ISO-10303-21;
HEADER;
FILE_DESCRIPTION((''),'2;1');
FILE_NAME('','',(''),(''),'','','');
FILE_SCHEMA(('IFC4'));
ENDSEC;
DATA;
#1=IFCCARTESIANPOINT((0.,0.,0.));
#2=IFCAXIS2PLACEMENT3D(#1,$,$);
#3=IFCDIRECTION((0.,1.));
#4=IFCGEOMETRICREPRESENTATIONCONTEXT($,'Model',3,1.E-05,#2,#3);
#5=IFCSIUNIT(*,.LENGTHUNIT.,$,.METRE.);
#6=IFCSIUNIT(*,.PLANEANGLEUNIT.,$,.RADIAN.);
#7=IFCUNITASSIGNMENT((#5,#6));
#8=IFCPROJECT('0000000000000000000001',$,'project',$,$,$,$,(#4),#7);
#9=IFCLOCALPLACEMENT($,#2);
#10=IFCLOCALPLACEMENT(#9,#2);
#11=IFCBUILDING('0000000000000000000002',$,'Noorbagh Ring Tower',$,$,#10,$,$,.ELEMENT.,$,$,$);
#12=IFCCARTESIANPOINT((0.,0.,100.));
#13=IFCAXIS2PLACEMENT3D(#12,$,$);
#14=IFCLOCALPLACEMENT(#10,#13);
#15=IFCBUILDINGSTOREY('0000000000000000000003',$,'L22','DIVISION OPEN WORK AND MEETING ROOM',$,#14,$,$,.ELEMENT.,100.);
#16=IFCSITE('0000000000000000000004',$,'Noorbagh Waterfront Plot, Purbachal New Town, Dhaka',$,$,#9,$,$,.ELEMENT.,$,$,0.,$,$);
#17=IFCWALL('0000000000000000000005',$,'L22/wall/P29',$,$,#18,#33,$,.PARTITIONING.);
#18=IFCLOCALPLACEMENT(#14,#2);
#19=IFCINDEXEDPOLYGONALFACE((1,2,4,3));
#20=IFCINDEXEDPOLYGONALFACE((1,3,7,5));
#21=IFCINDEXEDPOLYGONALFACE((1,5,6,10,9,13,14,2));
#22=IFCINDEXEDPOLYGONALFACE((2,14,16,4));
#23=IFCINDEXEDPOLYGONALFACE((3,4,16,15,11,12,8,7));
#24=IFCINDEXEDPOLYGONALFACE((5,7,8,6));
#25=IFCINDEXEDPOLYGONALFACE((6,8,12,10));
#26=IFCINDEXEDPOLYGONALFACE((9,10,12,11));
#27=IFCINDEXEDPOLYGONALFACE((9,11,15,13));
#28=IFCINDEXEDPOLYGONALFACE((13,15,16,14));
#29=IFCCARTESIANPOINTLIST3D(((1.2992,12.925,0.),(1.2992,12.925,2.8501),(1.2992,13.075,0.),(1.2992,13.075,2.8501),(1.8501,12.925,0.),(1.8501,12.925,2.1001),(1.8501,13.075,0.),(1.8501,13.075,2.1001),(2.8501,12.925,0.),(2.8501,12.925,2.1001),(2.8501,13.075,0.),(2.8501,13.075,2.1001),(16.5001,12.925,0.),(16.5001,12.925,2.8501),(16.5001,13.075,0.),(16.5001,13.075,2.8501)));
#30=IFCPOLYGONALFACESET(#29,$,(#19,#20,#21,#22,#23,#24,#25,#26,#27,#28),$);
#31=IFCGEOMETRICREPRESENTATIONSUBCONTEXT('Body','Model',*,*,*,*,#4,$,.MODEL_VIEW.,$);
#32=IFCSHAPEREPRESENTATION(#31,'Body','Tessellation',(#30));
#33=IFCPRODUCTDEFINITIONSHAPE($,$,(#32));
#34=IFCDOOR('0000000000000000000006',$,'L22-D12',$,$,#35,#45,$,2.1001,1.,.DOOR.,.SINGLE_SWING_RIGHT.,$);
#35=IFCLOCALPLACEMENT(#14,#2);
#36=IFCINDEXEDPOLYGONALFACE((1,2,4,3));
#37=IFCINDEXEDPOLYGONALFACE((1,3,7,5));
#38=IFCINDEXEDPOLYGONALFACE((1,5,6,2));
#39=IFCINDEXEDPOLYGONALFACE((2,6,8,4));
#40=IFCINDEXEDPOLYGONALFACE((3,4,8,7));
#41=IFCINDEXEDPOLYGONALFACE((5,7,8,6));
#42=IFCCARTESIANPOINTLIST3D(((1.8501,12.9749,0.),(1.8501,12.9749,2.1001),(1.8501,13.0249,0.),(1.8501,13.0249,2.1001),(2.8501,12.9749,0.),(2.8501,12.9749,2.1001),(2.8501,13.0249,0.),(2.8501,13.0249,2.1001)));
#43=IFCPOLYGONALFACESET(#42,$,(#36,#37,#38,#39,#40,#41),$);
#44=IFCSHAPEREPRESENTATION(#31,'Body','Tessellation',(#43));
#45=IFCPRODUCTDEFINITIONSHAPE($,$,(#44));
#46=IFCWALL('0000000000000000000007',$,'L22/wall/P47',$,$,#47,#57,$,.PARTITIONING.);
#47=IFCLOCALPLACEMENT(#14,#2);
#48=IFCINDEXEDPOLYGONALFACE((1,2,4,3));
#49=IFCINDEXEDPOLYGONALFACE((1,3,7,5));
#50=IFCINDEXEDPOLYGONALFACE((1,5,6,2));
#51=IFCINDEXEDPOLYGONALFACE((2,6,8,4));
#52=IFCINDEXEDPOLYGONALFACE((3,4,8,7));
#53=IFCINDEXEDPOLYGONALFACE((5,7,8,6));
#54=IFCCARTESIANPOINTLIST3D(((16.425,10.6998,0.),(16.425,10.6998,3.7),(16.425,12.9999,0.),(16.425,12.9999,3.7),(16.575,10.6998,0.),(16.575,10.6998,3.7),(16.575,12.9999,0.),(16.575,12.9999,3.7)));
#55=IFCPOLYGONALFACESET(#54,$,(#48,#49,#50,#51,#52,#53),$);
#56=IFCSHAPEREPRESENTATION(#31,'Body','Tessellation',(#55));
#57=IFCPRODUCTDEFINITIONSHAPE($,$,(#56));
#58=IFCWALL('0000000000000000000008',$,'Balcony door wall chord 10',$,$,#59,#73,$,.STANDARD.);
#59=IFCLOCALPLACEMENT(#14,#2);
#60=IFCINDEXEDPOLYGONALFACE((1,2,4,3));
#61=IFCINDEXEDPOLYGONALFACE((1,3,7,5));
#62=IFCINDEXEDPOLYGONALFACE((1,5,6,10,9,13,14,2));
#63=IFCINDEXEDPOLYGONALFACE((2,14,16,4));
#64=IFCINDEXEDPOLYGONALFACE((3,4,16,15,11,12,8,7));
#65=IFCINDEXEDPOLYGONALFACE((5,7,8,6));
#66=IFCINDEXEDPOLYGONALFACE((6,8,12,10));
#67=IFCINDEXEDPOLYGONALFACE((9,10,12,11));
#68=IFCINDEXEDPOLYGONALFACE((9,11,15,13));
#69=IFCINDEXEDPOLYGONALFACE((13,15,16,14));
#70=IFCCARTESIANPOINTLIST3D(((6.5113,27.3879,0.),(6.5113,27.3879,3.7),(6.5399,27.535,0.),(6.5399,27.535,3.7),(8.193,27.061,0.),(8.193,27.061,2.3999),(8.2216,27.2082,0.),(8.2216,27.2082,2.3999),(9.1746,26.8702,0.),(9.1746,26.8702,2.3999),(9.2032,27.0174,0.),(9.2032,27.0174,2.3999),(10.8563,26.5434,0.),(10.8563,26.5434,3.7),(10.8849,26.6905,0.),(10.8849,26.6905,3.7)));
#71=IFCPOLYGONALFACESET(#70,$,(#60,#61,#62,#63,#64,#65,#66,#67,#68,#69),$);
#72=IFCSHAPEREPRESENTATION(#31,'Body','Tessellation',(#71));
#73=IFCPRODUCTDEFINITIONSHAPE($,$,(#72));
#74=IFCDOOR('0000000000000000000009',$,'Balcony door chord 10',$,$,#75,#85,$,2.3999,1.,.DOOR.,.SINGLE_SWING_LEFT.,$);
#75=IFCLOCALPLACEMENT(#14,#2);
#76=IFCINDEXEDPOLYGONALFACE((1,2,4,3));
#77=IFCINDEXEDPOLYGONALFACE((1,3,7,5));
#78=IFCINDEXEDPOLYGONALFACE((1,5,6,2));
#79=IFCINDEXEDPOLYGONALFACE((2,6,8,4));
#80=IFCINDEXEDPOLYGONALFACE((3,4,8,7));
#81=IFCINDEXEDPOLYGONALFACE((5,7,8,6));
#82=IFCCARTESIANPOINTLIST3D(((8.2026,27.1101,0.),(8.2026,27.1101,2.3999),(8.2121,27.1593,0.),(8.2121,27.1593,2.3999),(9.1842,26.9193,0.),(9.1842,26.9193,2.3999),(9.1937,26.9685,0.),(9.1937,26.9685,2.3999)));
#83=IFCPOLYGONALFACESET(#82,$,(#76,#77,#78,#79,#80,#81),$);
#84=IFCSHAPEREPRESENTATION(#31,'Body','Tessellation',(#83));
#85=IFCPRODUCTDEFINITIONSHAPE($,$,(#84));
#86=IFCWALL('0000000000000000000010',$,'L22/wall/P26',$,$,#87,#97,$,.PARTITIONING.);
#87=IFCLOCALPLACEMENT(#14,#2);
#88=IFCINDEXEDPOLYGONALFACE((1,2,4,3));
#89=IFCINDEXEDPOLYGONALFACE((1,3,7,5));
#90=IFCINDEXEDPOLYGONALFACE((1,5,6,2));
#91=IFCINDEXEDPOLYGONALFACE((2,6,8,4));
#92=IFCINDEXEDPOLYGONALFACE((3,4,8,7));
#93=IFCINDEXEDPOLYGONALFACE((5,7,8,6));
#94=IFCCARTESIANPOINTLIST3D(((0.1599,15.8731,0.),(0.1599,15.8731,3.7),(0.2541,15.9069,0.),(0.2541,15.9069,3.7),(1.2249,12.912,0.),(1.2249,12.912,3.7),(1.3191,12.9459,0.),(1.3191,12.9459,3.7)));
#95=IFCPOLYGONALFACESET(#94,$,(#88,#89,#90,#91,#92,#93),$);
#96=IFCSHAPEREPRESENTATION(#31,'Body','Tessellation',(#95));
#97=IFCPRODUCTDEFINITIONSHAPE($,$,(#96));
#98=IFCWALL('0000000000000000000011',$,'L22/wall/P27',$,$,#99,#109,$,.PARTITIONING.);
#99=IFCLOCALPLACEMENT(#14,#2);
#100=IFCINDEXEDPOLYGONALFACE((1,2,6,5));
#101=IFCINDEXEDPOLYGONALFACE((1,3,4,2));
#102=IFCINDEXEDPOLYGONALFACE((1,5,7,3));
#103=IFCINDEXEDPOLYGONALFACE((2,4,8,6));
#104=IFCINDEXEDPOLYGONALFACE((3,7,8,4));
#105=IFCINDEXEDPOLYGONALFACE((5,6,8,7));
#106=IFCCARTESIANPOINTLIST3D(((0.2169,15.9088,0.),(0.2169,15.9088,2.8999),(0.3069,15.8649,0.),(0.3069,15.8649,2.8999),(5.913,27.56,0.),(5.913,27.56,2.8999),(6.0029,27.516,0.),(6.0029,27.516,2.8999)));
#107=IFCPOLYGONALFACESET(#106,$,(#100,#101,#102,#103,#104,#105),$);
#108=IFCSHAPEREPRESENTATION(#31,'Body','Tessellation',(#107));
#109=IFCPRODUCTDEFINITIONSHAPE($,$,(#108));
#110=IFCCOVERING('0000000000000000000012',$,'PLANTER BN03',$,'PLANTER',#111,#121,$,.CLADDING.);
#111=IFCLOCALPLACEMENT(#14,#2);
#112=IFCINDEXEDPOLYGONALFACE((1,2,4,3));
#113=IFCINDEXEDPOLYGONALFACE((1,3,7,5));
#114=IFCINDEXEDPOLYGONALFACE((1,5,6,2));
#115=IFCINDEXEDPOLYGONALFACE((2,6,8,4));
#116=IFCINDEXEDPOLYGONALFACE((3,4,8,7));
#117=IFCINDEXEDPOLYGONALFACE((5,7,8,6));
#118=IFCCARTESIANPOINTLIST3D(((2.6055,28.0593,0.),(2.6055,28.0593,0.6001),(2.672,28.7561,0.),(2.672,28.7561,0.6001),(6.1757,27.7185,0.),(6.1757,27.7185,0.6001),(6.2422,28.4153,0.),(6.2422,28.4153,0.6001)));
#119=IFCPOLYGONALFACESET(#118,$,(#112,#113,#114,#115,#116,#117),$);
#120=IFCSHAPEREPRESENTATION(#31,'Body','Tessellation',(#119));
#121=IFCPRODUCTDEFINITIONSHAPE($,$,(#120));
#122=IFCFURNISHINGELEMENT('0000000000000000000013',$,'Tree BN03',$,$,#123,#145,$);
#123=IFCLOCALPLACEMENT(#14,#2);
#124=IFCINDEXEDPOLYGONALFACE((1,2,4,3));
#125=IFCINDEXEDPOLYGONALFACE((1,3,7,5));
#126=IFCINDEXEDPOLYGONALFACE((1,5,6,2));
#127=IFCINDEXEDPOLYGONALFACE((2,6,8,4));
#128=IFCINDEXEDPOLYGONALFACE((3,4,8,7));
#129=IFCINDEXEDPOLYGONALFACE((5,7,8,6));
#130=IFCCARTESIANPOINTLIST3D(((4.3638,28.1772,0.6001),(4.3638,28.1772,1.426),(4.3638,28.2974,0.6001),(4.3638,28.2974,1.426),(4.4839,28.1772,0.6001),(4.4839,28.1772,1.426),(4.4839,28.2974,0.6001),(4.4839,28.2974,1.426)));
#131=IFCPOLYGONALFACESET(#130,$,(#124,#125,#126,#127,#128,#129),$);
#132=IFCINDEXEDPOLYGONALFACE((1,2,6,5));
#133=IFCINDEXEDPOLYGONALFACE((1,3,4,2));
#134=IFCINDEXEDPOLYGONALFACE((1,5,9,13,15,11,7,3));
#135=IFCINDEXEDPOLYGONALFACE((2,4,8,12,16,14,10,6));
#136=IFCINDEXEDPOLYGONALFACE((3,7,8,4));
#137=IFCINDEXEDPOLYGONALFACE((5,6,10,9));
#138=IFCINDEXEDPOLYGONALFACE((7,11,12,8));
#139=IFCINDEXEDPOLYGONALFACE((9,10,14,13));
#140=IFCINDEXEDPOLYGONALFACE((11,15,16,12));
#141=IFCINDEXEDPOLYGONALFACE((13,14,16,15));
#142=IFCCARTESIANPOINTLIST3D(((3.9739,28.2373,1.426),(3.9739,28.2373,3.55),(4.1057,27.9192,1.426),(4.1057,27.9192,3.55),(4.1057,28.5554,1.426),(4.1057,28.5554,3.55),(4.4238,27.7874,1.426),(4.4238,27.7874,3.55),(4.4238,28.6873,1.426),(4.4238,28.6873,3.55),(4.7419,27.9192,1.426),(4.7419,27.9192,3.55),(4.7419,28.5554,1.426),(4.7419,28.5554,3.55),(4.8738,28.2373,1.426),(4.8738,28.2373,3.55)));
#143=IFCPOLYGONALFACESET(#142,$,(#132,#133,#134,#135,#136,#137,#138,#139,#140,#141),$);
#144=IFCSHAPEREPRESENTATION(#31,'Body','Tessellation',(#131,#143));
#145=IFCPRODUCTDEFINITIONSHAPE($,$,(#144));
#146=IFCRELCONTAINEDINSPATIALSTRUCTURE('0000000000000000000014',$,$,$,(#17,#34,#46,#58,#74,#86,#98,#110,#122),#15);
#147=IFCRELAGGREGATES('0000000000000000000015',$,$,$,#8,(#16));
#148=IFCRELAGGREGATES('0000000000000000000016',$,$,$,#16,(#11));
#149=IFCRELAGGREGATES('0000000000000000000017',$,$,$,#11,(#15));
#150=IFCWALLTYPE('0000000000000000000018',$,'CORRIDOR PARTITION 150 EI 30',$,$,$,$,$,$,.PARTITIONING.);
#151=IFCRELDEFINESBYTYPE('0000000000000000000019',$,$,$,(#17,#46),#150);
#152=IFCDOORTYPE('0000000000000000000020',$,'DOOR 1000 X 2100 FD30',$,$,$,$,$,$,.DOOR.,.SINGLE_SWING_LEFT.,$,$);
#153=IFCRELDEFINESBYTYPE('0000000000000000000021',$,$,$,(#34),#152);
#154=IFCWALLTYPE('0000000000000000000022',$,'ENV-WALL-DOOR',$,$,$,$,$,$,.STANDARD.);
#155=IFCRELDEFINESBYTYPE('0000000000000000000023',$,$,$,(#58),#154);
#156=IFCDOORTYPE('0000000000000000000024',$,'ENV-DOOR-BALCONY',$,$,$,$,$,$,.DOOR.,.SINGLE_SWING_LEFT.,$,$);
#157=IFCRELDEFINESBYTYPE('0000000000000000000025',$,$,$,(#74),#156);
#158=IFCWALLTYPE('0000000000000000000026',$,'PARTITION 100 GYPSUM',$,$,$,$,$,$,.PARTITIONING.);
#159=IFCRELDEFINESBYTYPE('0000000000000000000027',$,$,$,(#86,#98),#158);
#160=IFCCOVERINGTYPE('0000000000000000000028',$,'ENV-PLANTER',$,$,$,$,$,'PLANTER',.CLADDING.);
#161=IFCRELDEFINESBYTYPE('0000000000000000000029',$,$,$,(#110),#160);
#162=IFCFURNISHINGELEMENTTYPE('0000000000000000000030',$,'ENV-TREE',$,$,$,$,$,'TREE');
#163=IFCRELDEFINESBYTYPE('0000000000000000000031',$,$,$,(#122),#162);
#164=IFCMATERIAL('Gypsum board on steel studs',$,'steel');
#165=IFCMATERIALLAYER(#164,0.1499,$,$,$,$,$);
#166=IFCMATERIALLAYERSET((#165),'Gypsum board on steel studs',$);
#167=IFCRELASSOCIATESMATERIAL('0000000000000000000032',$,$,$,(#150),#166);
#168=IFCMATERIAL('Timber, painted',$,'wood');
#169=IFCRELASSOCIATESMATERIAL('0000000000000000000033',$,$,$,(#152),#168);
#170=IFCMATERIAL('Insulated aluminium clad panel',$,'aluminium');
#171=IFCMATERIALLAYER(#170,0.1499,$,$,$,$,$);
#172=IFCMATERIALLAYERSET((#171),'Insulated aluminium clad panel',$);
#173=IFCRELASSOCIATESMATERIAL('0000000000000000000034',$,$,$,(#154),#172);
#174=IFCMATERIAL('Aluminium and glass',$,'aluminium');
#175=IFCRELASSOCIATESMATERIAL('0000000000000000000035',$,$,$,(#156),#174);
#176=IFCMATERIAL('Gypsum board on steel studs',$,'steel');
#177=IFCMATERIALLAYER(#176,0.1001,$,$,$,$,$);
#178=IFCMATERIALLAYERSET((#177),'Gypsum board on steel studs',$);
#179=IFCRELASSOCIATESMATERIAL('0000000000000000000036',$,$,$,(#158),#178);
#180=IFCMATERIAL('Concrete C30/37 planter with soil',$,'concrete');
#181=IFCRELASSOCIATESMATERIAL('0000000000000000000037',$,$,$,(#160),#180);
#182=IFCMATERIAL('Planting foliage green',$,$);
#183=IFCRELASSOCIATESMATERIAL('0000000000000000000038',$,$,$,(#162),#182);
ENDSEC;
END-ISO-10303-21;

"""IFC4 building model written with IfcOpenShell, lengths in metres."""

from ifc_helpers import new_model, si_unit, direction, frame, frame_2d, origin, origin_2d, place, context, subcontext, project, spatial, polyline, rectangle, outline, extrude, material, layer, layer_set, type_object, element, fill, save


model = new_model("IFC4")

# Units and contexts
model_context = context("Model", 3, precision=1e-05, world=origin(), true_north=direction((0.0, 1.0)))
body_context = subcontext(model_context, "Body", "Model", "MODEL_VIEW")
ifc_project = project(units=[si_unit("LENGTHUNIT", "METRE"), si_unit("PLANEANGLEUNIT", "RADIAN")], contexts=[model_context])

# Site, building, storey
site_placement = place(None, origin())
site = spatial("IfcSite", under=ifc_project, at=site_placement, Name="Noorbagh Waterfront Plot, Purbachal New Town, Dhaka", CompositionType="ELEMENT", RefElevation=0.0)
building_placement = place(site_placement, origin())
building = spatial("IfcBuilding", under=site, at=building_placement, Name="Noorbagh Ring Tower", CompositionType="ELEMENT")
storey_placement = place(building_placement, frame((0.0, 0.0, 100.0)))
storey = spatial("IfcBuildingStorey", under=building, at=storey_placement, Name="L22", Description="DIVISION OPEN WORK AND MEETING ROOM", CompositionType="ELEMENT", Elevation=100.0)

# Wall, opening, door
ifc_material_1 = material(Name="Gypsum board on steel studs", Category="steel")
ifc_layer_1 = layer(ifc_material_1, 0.1499)
ifc_layer_set_1 = layer_set([ifc_layer_1], Name="Gypsum board on steel studs")
wall_type_1 = type_object("IfcWallType", Name="CORRIDOR PARTITION 150 EI 30", PredefinedType="PARTITIONING", material=ifc_layer_set_1)
wall_1_placement = place(storey_placement, frame((1.2991, 13.0, 0.0), z_axis=(0.0, 0.0, 1.0), x_axis=(1.0, 0.0, 0.0)))
wall_1 = element("IfcWall", 1, at=wall_1_placement, inside=storey, type_object=wall_type_1, Name="L22/wall/P29", PredefinedType="PARTITIONING", context=body_context, shape_type="SweptSolid", body=[
    extrude(rectangle(XDim=15.2009, YDim=0.1499, at=frame_2d((7.6006, 0.0))), origin(), (0.0, 0.0, 1.0), 2.8501),
])
opening_1_placement = place(wall_1_placement, frame((0.551, 0.0, 0.0)))
opening_1 = element("IfcOpeningElement", 2, at=opening_1_placement, cuts=wall_1, PredefinedType="OPENING", context=body_context, shape_type="SweptSolid", body=[
    extrude(rectangle(XDim=1.0, YDim=2.1001, at=frame_2d((0.5, 1.05))), frame((0.0, 0.085, 0.0), z_axis=(0.0, -1.0, 0.0), x_axis=(1.0, 0.0, 0.0)), (0.0, 0.0, 1.0), 0.1699),
])
ifc_material_2 = material(Name="Timber, painted", Category="wood")
door_type_1 = type_object("IfcDoorType", Name="DOOR 1000 X 2100 FD30", OperationType="SINGLE_SWING_LEFT", PredefinedType="DOOR", material=ifc_material_2)
door_1_placement = place(opening_1_placement, origin())
door_1 = element("IfcDoor", 3, at=door_1_placement, inside=storey, type_object=door_type_1, Name="L22-D12", OperationType="SINGLE_SWING_RIGHT", OverallHeight=2.1001, OverallWidth=1.0, PredefinedType="DOOR", context=body_context, shape_type="SweptSolid", body=[
    extrude(rectangle(XDim=1.0, YDim=2.1001, at=frame_2d((0.5, 1.05))), frame((0.0, 0.0249, 0.0), z_axis=(0.0, -1.0, 0.0), x_axis=(1.0, 0.0, 0.0)), (0.0, 0.0, 1.0), 0.05),
])
fill(opening_1, door_1)

# Wall
wall_2_placement = place(storey_placement, frame((16.5, 10.7, 0.0), z_axis=(0.0, 0.0, 1.0), x_axis=(0.0, 1.0, 0.0)))
element("IfcWall", 4, at=wall_2_placement, inside=storey, type_object=wall_type_1, Name="L22/wall/P47", PredefinedType="PARTITIONING", context=body_context, shape_type="SweptSolid", body=[
    extrude(rectangle(XDim=2.3, YDim=0.1499, at=frame_2d((1.1499, 0.0))), origin(), (0.0, 0.0, 1.0), 3.7),
])

# Wall, opening, door
ifc_material_3 = material(Name="Insulated aluminium clad panel", Category="aluminium")
ifc_layer_2 = layer(ifc_material_3, 0.1499)
ifc_layer_set_2 = layer_set([ifc_layer_2], Name="Insulated aluminium clad panel")
wall_type_2 = type_object("IfcWallType", Name="ENV-WALL-DOOR", PredefinedType="STANDARD", material=ifc_layer_set_2)
wall_3_placement = place(storey_placement, frame((10.8706, 26.6169, 0.0), z_axis=(0.0, 0.0, 1.0), x_axis=(-0.981631, 0.190788, 0.0)))
wall_3 = element("IfcWall", 5, at=wall_3_placement, inside=storey, type_object=wall_type_2, Name="Balcony door wall chord 10", PredefinedType="STANDARD", context=body_context, shape_type="SweptSolid", body=[
    extrude(rectangle(XDim=4.4263, YDim=0.1499, at=frame_2d((2.2131, 0.0))), origin(), (0.0, 0.0, 1.0), 3.7),
])
opening_2_placement = place(wall_3_placement, frame((1.7131, 0.0, 0.0)))
opening_2 = element("IfcOpeningElement", 6, at=opening_2_placement, cuts=wall_3, PredefinedType="OPENING", context=body_context, shape_type="SweptSolid", body=[
    extrude(rectangle(XDim=1.0, YDim=2.3999, at=frame_2d((0.5, 1.2))), frame((0.0, 0.085, 0.0), z_axis=(0.0, -1.0, 0.0), x_axis=(1.0, 0.0, 0.0)), (0.0, 0.0, 1.0), 0.1699),
])
ifc_material_4 = material(Name="Aluminium and glass", Category="aluminium")
door_type_2 = type_object("IfcDoorType", Name="ENV-DOOR-BALCONY", OperationType="SINGLE_SWING_LEFT", PredefinedType="DOOR", material=ifc_material_4)
door_2_placement = place(opening_2_placement, origin())
door_2 = element("IfcDoor", 7, at=door_2_placement, inside=storey, type_object=door_type_2, Name="Balcony door chord 10", OperationType="SINGLE_SWING_LEFT", OverallHeight=2.3999, OverallWidth=1.0, PredefinedType="DOOR", context=body_context, shape_type="SweptSolid", body=[
    extrude(rectangle(XDim=1.0, YDim=2.3999, at=frame_2d((0.5, 1.2))), frame((0.0, 0.0249, 0.0), z_axis=(0.0, -1.0, 0.0), x_axis=(1.0, 0.0, 0.0)), (0.0, 0.0, 1.0), 0.05),
])
fill(opening_2, door_2)

# Walls
ifc_material_5 = material(Name="Gypsum board on steel studs", Category="steel")
ifc_layer_3 = layer(ifc_material_5, 0.1001)
ifc_layer_set_3 = layer_set([ifc_layer_3], Name="Gypsum board on steel studs")
wall_type_3 = type_object("IfcWallType", Name="PARTITION 100 GYPSUM", PredefinedType="PARTITIONING", material=ifc_layer_set_3)
wall_4_placement = place(storey_placement, frame((0.207, 15.8899, 0.0), z_axis=(0.0, 0.0, 1.0), x_axis=(0.338439, -0.940988, 0.0)))
element("IfcWall", 8, at=wall_4_placement, inside=storey, type_object=wall_type_3, Name="L22/wall/P26", PredefinedType="PARTITIONING", context=body_context, shape_type="SweptSolid", body=[
    extrude(rectangle(XDim=3.1467, YDim=0.1001, at=frame_2d((1.5732, 0.0))), origin(), (0.0, 0.0, 1.0), 3.7),
])
wall_5_placement = place(storey_placement, frame((0.262, 15.887, 0.0), z_axis=(0.0, 0.0, 1.0), x_axis=(0.439206, 0.898386, 0.0)))
element("IfcWall", 9, at=wall_5_placement, inside=storey, type_object=wall_type_3, Name="L22/wall/P27", PredefinedType="PARTITIONING", context=body_context, shape_type="SweptSolid", body=[
    extrude(rectangle(XDim=12.969, YDim=0.1001, at=frame_2d((6.4844, 0.0))), origin(), (0.0, 0.0, 1.0), 2.8999),
])

# Covering
ifc_material_6 = material(Name="Concrete C30/37 planter with soil", Category="concrete")
covering_type = type_object("IfcCoveringType", Name="ENV-PLANTER", ElementType="PLANTER", PredefinedType="CLADDING", material=ifc_material_6)
covering_placement = place(storey_placement, frame((4.4238, 28.2373, 0.0), z_axis=(0.0, 0.0, 1.0), x_axis=(-0.995476, 0.095008, 0.0)))
element("IfcCovering", 10, at=covering_placement, inside=storey, type_object=covering_type, Name="PLANTER BN03", ObjectType="PLANTER", PredefinedType="CLADDING", context=body_context, shape_type="SweptSolid", body=[
    extrude(rectangle(XDim=3.5864, YDim=0.7, at=origin_2d()), origin(), (0.0, 0.0, 1.0), 0.6001),
])

# Furnishing element
ifc_material_7 = material(Name="Planting foliage green")
furnishing_element_type = type_object("IfcFurnishingElementType", Name="ENV-TREE", ElementType="TREE", material=ifc_material_7)
furnishing_placement = place(storey_placement, frame((4.4238, 28.2373, 0.6001), z_axis=(0.0, 0.0, 1.0), x_axis=(1.0, 0.0, 0.0)))
element("IfcFurnishingElement", 11, at=furnishing_placement, inside=storey, type_object=furnishing_element_type, Name="Tree BN03", context=body_context, shape_type="SweptSolid", body=[
    extrude(rectangle(XDim=0.1201, YDim=0.1201, at=origin_2d()), origin(), (0.0, 0.0, 1.0), 0.8259),
    extrude(outline(polyline([(0.45, 0.0), (0.3181, 0.3181), (0.0, 0.45), (-0.3181, 0.3181), (-0.45, 0.0), (-0.3181, -0.3181), (0.0, -0.45), (0.3181, -0.3181), (0.45, 0.0)])), frame((0.0, 0.0, 0.8259)), (0.0, 0.0, 1.0), 2.124),
])

save(model, "model.ifc")
